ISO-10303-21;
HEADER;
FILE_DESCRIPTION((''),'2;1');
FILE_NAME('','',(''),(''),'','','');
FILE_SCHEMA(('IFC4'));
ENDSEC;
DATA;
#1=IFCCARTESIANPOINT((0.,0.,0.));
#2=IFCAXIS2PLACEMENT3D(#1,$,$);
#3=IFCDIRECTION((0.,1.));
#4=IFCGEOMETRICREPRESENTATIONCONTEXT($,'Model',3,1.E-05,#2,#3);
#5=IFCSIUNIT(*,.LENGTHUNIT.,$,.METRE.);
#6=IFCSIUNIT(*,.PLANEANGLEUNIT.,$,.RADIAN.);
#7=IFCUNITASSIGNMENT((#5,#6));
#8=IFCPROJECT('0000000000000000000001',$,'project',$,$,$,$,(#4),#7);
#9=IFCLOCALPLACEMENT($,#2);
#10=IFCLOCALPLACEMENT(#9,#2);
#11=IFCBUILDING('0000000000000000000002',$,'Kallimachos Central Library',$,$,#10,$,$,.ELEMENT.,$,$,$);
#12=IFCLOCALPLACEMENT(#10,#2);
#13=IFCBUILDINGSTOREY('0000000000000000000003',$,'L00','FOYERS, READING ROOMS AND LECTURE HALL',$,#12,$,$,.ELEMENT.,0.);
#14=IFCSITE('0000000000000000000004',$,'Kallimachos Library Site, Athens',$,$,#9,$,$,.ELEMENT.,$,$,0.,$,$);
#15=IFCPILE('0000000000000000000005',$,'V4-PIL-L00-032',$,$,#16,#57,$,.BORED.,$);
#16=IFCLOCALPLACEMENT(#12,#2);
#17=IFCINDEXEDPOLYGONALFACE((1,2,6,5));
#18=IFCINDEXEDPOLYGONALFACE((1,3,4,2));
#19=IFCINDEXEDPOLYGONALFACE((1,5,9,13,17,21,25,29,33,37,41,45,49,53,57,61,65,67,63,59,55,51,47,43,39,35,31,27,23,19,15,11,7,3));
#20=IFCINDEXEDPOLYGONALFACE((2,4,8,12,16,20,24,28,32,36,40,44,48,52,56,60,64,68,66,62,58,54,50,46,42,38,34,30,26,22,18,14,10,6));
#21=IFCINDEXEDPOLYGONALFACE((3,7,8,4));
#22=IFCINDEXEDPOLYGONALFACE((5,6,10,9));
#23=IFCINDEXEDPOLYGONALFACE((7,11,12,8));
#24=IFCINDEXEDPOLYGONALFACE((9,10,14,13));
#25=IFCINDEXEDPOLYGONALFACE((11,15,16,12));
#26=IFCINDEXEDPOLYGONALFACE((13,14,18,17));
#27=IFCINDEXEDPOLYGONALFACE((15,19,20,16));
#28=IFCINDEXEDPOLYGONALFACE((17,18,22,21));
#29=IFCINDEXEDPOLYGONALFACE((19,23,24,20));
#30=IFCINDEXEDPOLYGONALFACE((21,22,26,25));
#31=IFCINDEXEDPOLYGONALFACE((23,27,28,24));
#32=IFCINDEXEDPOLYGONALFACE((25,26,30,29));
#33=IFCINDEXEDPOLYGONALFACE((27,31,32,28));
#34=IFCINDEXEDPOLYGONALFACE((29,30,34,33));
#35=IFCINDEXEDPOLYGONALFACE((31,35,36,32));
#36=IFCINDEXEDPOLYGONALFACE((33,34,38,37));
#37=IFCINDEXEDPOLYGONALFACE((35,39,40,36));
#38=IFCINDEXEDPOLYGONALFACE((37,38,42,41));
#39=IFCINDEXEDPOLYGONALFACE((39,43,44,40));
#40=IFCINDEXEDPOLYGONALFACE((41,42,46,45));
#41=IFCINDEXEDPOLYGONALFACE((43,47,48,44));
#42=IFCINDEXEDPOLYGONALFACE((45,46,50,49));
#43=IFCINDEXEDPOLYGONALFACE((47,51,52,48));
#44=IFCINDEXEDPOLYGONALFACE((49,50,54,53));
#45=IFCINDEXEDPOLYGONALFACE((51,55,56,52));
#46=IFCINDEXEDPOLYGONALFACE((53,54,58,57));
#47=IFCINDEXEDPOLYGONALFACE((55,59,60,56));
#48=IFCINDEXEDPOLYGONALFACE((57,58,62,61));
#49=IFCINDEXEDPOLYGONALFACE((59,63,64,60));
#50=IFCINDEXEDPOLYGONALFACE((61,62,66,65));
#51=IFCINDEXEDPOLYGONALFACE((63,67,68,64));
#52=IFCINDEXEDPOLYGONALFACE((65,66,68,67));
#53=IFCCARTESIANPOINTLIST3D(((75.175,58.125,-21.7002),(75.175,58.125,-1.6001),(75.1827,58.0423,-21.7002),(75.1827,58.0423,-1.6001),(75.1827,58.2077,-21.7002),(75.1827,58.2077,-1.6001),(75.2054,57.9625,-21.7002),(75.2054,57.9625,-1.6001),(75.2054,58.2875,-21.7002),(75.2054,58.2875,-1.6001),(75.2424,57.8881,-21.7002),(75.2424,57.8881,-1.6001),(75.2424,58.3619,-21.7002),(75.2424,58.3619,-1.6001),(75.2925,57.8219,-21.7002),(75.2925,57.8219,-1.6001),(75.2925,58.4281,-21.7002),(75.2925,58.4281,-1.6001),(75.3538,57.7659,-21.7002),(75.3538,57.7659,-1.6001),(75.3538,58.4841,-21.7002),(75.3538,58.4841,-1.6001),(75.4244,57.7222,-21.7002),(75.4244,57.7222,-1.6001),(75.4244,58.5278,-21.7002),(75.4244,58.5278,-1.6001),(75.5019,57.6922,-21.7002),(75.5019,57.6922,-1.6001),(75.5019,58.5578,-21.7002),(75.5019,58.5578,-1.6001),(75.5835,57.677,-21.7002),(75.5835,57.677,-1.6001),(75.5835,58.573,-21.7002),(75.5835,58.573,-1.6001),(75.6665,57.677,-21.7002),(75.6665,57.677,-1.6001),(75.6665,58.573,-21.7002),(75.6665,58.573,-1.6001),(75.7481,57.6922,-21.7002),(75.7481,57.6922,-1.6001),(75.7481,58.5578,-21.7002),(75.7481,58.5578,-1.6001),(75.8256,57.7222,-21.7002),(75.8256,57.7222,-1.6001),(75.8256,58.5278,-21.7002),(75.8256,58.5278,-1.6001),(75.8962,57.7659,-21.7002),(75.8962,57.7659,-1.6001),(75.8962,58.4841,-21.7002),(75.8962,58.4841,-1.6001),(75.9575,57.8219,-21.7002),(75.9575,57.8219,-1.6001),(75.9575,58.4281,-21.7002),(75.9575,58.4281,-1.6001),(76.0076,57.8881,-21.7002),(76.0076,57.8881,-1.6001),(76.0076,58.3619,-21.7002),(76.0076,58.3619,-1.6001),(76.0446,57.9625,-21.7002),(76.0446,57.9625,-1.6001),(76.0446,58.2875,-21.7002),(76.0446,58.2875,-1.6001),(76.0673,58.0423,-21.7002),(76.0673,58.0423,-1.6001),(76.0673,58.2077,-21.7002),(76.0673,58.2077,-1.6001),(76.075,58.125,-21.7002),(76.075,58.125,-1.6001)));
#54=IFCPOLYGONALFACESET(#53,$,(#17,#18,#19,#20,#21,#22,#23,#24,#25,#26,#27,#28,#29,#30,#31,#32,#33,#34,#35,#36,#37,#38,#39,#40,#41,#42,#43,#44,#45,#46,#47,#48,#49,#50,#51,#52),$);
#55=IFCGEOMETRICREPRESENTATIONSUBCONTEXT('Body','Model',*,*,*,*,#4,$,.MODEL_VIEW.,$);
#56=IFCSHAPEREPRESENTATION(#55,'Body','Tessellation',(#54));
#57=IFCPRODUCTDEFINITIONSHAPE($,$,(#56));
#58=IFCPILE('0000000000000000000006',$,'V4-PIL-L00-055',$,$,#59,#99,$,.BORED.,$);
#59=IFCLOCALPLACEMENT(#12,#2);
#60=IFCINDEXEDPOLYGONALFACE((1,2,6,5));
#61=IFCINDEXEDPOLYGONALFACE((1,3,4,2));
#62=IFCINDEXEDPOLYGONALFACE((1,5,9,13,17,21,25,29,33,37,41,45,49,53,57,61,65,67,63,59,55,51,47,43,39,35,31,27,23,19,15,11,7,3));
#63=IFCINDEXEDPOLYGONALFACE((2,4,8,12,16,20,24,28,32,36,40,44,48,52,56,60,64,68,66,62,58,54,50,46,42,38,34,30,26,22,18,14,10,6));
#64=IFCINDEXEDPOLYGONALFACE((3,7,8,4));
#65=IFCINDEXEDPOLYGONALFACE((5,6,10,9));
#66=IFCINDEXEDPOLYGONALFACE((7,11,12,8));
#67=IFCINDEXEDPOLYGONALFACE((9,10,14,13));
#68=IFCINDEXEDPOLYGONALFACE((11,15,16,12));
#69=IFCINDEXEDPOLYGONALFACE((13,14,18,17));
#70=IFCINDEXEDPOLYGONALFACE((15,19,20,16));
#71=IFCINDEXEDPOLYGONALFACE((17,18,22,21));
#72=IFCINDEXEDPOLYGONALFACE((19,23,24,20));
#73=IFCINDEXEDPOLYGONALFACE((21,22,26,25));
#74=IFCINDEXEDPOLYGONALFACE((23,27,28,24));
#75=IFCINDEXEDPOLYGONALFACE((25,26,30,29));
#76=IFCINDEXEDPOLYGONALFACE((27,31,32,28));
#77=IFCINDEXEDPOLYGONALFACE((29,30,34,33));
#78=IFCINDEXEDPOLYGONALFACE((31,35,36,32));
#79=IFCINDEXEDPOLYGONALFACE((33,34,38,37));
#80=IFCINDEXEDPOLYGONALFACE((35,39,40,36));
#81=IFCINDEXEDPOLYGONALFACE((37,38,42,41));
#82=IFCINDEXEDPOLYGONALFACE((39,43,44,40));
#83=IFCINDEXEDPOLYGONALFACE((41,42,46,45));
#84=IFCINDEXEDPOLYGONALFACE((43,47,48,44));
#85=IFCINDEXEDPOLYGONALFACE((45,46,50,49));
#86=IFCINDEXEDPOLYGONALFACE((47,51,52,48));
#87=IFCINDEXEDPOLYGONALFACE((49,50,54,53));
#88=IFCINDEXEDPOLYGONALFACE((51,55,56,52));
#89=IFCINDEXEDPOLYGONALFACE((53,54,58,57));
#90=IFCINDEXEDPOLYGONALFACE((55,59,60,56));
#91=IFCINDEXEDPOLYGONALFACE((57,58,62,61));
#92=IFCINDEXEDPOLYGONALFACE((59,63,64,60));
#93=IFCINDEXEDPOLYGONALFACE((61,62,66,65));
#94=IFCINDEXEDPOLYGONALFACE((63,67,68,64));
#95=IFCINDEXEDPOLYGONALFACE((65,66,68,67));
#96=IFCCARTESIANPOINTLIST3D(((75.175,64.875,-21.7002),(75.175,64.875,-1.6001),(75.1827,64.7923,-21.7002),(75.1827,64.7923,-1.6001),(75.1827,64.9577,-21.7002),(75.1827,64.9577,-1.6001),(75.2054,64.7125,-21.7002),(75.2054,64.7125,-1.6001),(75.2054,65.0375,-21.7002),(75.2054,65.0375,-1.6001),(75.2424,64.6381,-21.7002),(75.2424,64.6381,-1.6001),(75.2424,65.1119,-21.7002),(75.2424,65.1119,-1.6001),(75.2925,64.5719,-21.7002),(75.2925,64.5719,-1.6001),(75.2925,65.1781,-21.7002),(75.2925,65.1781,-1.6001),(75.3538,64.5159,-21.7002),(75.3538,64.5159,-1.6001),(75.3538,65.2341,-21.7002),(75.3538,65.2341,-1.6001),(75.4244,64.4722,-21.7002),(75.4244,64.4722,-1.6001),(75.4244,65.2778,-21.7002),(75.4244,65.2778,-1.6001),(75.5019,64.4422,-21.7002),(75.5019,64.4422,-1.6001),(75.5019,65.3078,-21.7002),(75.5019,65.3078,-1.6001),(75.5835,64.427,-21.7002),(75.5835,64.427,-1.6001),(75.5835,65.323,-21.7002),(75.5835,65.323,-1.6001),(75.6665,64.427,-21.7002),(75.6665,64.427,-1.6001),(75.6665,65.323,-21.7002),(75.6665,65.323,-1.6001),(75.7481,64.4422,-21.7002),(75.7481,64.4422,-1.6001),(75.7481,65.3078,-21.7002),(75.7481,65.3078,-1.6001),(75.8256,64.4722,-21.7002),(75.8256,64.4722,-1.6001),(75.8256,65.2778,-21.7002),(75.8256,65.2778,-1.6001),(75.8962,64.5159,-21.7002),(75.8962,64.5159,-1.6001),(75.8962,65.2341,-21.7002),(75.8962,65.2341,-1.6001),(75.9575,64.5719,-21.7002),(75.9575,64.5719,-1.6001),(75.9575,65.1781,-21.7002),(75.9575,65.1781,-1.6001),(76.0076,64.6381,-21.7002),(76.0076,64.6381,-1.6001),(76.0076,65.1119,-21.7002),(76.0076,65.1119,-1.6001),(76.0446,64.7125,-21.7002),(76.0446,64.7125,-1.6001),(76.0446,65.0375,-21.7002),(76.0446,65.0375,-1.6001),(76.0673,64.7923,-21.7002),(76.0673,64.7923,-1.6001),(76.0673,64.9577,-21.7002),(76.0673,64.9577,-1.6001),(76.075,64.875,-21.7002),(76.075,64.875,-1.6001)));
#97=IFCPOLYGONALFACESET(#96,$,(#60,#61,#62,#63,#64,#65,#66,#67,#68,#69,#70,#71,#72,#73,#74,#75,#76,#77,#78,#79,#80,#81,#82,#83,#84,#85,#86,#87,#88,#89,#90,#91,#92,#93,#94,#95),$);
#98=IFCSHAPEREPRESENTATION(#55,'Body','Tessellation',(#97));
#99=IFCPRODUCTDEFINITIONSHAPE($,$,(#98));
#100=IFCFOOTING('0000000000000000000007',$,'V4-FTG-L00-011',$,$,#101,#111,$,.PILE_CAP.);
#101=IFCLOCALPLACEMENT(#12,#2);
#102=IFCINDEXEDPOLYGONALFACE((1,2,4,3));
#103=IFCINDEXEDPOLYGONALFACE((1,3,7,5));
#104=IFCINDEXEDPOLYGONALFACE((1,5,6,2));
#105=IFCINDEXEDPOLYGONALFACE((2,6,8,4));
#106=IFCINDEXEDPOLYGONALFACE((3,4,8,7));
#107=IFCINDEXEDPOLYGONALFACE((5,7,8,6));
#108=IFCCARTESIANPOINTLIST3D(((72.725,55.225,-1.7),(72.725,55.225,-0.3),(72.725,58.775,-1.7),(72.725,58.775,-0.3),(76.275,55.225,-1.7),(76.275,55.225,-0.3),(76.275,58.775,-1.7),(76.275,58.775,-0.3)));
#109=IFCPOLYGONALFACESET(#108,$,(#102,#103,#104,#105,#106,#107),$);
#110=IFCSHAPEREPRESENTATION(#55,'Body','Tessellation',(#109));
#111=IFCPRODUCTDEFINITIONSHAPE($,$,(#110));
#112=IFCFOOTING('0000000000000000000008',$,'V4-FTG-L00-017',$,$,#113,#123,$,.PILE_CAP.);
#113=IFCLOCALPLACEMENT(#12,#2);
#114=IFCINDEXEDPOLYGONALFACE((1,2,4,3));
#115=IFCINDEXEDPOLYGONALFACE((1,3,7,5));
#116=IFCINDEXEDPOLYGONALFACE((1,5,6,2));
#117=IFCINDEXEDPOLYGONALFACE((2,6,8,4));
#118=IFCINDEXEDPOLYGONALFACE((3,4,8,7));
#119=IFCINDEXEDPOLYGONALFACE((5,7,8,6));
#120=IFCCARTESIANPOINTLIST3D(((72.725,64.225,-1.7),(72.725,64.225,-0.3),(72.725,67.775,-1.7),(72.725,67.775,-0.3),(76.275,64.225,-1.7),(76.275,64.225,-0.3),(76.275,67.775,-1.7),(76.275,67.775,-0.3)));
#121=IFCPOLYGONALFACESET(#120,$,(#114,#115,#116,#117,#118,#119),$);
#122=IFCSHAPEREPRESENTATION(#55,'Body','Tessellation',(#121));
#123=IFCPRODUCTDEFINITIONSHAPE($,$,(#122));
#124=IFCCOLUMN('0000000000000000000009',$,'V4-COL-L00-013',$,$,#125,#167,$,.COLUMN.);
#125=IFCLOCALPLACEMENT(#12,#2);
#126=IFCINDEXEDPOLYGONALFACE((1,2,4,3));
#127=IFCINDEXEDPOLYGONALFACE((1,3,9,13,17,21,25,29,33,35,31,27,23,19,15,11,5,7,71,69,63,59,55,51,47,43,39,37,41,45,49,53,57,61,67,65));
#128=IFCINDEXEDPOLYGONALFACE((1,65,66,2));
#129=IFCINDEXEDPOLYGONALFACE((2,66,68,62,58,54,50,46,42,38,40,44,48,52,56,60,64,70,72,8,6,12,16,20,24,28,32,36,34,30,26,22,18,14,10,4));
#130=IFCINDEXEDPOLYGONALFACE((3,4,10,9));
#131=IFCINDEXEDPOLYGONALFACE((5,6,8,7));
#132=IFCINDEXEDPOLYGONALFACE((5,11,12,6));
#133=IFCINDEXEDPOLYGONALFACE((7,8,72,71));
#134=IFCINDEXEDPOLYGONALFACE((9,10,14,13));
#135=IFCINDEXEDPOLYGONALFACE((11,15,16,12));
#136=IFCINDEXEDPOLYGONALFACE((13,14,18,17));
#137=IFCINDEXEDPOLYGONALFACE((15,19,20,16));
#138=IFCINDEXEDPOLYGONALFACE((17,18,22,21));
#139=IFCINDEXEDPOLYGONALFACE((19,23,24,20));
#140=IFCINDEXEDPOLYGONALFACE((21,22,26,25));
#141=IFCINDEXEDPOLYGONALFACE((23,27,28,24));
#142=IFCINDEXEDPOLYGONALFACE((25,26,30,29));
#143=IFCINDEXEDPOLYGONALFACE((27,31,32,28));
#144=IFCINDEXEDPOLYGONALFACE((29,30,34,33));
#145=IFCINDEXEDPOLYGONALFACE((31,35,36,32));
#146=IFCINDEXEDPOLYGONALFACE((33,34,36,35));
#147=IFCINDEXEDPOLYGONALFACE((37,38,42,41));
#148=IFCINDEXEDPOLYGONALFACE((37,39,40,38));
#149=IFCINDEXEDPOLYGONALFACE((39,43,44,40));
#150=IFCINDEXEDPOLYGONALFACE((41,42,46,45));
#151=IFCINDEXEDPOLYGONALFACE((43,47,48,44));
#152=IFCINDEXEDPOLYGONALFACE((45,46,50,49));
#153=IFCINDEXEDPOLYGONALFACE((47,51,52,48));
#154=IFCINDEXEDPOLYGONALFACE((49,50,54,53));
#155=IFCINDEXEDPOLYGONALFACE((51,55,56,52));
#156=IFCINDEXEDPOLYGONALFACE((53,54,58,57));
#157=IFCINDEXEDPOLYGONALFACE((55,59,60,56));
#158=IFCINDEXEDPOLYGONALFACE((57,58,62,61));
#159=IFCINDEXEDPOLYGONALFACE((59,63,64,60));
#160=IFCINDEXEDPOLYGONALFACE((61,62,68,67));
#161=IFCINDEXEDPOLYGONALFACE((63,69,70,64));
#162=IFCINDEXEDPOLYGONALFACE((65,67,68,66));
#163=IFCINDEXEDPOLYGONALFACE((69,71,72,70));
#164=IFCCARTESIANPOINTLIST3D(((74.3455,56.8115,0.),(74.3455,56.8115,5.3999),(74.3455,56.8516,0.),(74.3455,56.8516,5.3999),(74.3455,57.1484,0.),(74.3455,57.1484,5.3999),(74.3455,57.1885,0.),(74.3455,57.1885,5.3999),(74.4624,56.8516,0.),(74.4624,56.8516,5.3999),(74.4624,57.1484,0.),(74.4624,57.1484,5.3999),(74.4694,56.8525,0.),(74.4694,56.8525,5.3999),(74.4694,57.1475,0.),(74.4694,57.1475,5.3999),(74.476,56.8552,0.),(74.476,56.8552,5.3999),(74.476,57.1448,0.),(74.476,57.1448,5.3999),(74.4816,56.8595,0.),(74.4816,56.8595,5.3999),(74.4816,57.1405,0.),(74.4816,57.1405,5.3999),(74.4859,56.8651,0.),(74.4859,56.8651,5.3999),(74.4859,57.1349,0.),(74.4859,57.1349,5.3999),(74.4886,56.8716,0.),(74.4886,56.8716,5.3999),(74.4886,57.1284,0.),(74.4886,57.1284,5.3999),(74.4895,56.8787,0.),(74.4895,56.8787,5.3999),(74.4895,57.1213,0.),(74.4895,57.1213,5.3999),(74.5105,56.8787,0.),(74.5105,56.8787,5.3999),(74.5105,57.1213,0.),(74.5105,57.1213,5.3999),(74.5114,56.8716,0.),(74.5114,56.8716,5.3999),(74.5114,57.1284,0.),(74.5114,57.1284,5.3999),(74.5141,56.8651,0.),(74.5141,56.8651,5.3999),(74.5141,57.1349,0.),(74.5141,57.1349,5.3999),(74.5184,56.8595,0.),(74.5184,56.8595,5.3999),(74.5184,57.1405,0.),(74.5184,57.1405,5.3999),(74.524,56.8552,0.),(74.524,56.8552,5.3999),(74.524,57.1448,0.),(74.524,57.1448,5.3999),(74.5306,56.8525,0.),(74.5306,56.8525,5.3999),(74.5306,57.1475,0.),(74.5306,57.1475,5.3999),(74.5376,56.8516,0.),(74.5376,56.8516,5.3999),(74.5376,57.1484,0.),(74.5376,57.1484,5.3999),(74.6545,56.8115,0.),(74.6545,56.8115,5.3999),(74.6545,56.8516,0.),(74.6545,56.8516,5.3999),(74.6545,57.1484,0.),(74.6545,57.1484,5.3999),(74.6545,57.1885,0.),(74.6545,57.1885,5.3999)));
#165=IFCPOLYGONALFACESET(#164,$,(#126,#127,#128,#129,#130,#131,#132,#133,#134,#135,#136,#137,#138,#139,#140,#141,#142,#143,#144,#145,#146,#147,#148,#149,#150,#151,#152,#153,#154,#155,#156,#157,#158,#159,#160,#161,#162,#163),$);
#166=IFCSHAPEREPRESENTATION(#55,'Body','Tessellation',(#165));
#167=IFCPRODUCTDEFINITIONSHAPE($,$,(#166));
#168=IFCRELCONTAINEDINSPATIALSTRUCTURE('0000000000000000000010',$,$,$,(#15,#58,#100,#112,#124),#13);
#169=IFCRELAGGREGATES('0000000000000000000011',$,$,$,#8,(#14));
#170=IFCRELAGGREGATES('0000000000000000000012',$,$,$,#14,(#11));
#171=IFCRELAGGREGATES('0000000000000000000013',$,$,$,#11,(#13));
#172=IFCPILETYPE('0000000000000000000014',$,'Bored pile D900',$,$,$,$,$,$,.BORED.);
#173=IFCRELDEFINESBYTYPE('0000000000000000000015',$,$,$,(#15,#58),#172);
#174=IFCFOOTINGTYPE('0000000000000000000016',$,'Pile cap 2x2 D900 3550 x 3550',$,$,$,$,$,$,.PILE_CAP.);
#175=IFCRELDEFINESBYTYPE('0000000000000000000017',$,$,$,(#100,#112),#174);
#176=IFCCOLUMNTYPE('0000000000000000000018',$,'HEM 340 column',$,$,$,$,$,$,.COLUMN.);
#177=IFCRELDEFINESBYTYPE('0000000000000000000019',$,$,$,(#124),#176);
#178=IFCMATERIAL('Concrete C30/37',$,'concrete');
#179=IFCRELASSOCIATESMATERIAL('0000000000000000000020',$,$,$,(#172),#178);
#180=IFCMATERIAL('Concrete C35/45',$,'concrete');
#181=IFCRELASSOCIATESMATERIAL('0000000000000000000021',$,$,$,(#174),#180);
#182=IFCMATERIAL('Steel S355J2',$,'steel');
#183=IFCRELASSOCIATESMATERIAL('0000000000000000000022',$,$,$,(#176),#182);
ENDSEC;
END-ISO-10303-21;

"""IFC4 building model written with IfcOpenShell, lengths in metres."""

from ifc_helpers import new_model, si_unit, direction, frame, origin, origin_2d, place, context, subcontext, project, spatial, rectangle, circle, i_section, extrude, material, material_profile, profile_set, type_object, element, save


model = new_model("IFC4")

# Units and contexts
model_context = context("Model", 3, precision=1e-05, world=origin(), true_north=direction((0.0, 1.0)))
body_context = subcontext(model_context, "Body", "Model", "MODEL_VIEW")
ifc_project = project(units=[si_unit("LENGTHUNIT", "METRE"), si_unit("PLANEANGLEUNIT", "RADIAN")], contexts=[model_context])

# Site, building, storey
site_placement = place(None, origin())
site = spatial("IfcSite", under=ifc_project, at=site_placement, Name="Kallimachos Library Site, Athens", CompositionType="ELEMENT", RefElevation=0.0)
building_placement = place(site_placement, origin())
building = spatial("IfcBuilding", under=site, at=building_placement, Name="Kallimachos Central Library", CompositionType="ELEMENT")
storey_placement = place(building_placement, origin())
storey = spatial("IfcBuildingStorey", under=building, at=storey_placement, Name="L00", Description="FOYERS, READING ROOMS AND LECTURE HALL", CompositionType="ELEMENT", Elevation=0.0)

# Piles
ifc_material_1 = material(Name="Concrete C30/37", Category="concrete")
pile_type = type_object("IfcPileType", Name="Bored pile D900", PredefinedType="BORED", material=ifc_material_1)
for number, where, z_axis, x_axis, name in (
    (1, (75.625, 58.125, -1.6001), (0.0, 0.0, -1.0), (1.0, 0.0, 0.0), "V4-PIL-L00-032"),
    (2, (75.625, 64.875, -1.6001), (0.0, 0.0, -1.0), (1.0, 0.0, 0.0), "V4-PIL-L00-055"),
):
    element("IfcPile", number, at=place(storey_placement, frame(where, z_axis=z_axis, x_axis=x_axis)), inside=storey, type_object=pile_type, Name=name, PredefinedType="BORED", context=body_context, shape_type="SweptSolid", body=[
        extrude(circle(Radius=0.45, at=origin_2d()), origin(), (0.0, 0.0, 1.0), 20.1001),
    ])

# Footings
ifc_material_2 = material(Name="Concrete C35/45", Category="concrete")
footing_type = type_object("IfcFootingType", Name="Pile cap 2x2 D900 3550 x 3550", PredefinedType="PILE_CAP", material=ifc_material_2)
for number, where, z_axis, x_axis, name in (
    (3, (74.5, 57.0, -1.7), (0.0, 0.0, 1.0), (1.0, 0.0, 0.0), "V4-FTG-L00-011"),
    (4, (74.5, 66.0, -1.7), (0.0, 0.0, 1.0), (1.0, 0.0, 0.0), "V4-FTG-L00-017"),
):
    element("IfcFooting", number, at=place(storey_placement, frame(where, z_axis=z_axis, x_axis=x_axis)), inside=storey, type_object=footing_type, Name=name, PredefinedType="PILE_CAP", context=body_context, shape_type="SweptSolid", body=[
        extrude(rectangle(XDim=3.55, YDim=3.55, at=origin_2d()), origin(), (0.0, 0.0, 1.0), 1.3999),
    ])

# Column
ifc_material_3 = material(Name="Steel S355J2", Category="steel")
ifc_material_profile_1 = material_profile(ifc_material_3, i_section(OverallWidth=0.3091, OverallDepth=0.377, WebThickness=0.021, FlangeThickness=0.04, FilletRadius=0.0271, at=origin_2d()), Name="HEM 340")
ifc_profile_set_1 = profile_set([ifc_material_profile_1], Name="Steel S355J2")
column_type = type_object("IfcColumnType", Name="HEM 340 column", PredefinedType="COLUMN", material=ifc_profile_set_1)
for number, where, z_axis, x_axis, name in (
    (5, (74.5, 57.0, 0.0), (0.0, 0.0, 1.0), (1.0, 0.0, 0.0), "V4-COL-L00-013"),
):
    element("IfcColumn", number, at=place(storey_placement, frame(where, z_axis=z_axis, x_axis=x_axis)), inside=storey, type_object=column_type, Name=name, PredefinedType="COLUMN", context=body_context, shape_type="SweptSolid", body=[
        extrude(i_section(OverallWidth=0.3091, OverallDepth=0.377, WebThickness=0.021, FlangeThickness=0.04, FilletRadius=0.0271, at=origin_2d()), origin(), (0.0, 0.0, 1.0), 5.3999),
    ])

save(model, "model.ifc")
